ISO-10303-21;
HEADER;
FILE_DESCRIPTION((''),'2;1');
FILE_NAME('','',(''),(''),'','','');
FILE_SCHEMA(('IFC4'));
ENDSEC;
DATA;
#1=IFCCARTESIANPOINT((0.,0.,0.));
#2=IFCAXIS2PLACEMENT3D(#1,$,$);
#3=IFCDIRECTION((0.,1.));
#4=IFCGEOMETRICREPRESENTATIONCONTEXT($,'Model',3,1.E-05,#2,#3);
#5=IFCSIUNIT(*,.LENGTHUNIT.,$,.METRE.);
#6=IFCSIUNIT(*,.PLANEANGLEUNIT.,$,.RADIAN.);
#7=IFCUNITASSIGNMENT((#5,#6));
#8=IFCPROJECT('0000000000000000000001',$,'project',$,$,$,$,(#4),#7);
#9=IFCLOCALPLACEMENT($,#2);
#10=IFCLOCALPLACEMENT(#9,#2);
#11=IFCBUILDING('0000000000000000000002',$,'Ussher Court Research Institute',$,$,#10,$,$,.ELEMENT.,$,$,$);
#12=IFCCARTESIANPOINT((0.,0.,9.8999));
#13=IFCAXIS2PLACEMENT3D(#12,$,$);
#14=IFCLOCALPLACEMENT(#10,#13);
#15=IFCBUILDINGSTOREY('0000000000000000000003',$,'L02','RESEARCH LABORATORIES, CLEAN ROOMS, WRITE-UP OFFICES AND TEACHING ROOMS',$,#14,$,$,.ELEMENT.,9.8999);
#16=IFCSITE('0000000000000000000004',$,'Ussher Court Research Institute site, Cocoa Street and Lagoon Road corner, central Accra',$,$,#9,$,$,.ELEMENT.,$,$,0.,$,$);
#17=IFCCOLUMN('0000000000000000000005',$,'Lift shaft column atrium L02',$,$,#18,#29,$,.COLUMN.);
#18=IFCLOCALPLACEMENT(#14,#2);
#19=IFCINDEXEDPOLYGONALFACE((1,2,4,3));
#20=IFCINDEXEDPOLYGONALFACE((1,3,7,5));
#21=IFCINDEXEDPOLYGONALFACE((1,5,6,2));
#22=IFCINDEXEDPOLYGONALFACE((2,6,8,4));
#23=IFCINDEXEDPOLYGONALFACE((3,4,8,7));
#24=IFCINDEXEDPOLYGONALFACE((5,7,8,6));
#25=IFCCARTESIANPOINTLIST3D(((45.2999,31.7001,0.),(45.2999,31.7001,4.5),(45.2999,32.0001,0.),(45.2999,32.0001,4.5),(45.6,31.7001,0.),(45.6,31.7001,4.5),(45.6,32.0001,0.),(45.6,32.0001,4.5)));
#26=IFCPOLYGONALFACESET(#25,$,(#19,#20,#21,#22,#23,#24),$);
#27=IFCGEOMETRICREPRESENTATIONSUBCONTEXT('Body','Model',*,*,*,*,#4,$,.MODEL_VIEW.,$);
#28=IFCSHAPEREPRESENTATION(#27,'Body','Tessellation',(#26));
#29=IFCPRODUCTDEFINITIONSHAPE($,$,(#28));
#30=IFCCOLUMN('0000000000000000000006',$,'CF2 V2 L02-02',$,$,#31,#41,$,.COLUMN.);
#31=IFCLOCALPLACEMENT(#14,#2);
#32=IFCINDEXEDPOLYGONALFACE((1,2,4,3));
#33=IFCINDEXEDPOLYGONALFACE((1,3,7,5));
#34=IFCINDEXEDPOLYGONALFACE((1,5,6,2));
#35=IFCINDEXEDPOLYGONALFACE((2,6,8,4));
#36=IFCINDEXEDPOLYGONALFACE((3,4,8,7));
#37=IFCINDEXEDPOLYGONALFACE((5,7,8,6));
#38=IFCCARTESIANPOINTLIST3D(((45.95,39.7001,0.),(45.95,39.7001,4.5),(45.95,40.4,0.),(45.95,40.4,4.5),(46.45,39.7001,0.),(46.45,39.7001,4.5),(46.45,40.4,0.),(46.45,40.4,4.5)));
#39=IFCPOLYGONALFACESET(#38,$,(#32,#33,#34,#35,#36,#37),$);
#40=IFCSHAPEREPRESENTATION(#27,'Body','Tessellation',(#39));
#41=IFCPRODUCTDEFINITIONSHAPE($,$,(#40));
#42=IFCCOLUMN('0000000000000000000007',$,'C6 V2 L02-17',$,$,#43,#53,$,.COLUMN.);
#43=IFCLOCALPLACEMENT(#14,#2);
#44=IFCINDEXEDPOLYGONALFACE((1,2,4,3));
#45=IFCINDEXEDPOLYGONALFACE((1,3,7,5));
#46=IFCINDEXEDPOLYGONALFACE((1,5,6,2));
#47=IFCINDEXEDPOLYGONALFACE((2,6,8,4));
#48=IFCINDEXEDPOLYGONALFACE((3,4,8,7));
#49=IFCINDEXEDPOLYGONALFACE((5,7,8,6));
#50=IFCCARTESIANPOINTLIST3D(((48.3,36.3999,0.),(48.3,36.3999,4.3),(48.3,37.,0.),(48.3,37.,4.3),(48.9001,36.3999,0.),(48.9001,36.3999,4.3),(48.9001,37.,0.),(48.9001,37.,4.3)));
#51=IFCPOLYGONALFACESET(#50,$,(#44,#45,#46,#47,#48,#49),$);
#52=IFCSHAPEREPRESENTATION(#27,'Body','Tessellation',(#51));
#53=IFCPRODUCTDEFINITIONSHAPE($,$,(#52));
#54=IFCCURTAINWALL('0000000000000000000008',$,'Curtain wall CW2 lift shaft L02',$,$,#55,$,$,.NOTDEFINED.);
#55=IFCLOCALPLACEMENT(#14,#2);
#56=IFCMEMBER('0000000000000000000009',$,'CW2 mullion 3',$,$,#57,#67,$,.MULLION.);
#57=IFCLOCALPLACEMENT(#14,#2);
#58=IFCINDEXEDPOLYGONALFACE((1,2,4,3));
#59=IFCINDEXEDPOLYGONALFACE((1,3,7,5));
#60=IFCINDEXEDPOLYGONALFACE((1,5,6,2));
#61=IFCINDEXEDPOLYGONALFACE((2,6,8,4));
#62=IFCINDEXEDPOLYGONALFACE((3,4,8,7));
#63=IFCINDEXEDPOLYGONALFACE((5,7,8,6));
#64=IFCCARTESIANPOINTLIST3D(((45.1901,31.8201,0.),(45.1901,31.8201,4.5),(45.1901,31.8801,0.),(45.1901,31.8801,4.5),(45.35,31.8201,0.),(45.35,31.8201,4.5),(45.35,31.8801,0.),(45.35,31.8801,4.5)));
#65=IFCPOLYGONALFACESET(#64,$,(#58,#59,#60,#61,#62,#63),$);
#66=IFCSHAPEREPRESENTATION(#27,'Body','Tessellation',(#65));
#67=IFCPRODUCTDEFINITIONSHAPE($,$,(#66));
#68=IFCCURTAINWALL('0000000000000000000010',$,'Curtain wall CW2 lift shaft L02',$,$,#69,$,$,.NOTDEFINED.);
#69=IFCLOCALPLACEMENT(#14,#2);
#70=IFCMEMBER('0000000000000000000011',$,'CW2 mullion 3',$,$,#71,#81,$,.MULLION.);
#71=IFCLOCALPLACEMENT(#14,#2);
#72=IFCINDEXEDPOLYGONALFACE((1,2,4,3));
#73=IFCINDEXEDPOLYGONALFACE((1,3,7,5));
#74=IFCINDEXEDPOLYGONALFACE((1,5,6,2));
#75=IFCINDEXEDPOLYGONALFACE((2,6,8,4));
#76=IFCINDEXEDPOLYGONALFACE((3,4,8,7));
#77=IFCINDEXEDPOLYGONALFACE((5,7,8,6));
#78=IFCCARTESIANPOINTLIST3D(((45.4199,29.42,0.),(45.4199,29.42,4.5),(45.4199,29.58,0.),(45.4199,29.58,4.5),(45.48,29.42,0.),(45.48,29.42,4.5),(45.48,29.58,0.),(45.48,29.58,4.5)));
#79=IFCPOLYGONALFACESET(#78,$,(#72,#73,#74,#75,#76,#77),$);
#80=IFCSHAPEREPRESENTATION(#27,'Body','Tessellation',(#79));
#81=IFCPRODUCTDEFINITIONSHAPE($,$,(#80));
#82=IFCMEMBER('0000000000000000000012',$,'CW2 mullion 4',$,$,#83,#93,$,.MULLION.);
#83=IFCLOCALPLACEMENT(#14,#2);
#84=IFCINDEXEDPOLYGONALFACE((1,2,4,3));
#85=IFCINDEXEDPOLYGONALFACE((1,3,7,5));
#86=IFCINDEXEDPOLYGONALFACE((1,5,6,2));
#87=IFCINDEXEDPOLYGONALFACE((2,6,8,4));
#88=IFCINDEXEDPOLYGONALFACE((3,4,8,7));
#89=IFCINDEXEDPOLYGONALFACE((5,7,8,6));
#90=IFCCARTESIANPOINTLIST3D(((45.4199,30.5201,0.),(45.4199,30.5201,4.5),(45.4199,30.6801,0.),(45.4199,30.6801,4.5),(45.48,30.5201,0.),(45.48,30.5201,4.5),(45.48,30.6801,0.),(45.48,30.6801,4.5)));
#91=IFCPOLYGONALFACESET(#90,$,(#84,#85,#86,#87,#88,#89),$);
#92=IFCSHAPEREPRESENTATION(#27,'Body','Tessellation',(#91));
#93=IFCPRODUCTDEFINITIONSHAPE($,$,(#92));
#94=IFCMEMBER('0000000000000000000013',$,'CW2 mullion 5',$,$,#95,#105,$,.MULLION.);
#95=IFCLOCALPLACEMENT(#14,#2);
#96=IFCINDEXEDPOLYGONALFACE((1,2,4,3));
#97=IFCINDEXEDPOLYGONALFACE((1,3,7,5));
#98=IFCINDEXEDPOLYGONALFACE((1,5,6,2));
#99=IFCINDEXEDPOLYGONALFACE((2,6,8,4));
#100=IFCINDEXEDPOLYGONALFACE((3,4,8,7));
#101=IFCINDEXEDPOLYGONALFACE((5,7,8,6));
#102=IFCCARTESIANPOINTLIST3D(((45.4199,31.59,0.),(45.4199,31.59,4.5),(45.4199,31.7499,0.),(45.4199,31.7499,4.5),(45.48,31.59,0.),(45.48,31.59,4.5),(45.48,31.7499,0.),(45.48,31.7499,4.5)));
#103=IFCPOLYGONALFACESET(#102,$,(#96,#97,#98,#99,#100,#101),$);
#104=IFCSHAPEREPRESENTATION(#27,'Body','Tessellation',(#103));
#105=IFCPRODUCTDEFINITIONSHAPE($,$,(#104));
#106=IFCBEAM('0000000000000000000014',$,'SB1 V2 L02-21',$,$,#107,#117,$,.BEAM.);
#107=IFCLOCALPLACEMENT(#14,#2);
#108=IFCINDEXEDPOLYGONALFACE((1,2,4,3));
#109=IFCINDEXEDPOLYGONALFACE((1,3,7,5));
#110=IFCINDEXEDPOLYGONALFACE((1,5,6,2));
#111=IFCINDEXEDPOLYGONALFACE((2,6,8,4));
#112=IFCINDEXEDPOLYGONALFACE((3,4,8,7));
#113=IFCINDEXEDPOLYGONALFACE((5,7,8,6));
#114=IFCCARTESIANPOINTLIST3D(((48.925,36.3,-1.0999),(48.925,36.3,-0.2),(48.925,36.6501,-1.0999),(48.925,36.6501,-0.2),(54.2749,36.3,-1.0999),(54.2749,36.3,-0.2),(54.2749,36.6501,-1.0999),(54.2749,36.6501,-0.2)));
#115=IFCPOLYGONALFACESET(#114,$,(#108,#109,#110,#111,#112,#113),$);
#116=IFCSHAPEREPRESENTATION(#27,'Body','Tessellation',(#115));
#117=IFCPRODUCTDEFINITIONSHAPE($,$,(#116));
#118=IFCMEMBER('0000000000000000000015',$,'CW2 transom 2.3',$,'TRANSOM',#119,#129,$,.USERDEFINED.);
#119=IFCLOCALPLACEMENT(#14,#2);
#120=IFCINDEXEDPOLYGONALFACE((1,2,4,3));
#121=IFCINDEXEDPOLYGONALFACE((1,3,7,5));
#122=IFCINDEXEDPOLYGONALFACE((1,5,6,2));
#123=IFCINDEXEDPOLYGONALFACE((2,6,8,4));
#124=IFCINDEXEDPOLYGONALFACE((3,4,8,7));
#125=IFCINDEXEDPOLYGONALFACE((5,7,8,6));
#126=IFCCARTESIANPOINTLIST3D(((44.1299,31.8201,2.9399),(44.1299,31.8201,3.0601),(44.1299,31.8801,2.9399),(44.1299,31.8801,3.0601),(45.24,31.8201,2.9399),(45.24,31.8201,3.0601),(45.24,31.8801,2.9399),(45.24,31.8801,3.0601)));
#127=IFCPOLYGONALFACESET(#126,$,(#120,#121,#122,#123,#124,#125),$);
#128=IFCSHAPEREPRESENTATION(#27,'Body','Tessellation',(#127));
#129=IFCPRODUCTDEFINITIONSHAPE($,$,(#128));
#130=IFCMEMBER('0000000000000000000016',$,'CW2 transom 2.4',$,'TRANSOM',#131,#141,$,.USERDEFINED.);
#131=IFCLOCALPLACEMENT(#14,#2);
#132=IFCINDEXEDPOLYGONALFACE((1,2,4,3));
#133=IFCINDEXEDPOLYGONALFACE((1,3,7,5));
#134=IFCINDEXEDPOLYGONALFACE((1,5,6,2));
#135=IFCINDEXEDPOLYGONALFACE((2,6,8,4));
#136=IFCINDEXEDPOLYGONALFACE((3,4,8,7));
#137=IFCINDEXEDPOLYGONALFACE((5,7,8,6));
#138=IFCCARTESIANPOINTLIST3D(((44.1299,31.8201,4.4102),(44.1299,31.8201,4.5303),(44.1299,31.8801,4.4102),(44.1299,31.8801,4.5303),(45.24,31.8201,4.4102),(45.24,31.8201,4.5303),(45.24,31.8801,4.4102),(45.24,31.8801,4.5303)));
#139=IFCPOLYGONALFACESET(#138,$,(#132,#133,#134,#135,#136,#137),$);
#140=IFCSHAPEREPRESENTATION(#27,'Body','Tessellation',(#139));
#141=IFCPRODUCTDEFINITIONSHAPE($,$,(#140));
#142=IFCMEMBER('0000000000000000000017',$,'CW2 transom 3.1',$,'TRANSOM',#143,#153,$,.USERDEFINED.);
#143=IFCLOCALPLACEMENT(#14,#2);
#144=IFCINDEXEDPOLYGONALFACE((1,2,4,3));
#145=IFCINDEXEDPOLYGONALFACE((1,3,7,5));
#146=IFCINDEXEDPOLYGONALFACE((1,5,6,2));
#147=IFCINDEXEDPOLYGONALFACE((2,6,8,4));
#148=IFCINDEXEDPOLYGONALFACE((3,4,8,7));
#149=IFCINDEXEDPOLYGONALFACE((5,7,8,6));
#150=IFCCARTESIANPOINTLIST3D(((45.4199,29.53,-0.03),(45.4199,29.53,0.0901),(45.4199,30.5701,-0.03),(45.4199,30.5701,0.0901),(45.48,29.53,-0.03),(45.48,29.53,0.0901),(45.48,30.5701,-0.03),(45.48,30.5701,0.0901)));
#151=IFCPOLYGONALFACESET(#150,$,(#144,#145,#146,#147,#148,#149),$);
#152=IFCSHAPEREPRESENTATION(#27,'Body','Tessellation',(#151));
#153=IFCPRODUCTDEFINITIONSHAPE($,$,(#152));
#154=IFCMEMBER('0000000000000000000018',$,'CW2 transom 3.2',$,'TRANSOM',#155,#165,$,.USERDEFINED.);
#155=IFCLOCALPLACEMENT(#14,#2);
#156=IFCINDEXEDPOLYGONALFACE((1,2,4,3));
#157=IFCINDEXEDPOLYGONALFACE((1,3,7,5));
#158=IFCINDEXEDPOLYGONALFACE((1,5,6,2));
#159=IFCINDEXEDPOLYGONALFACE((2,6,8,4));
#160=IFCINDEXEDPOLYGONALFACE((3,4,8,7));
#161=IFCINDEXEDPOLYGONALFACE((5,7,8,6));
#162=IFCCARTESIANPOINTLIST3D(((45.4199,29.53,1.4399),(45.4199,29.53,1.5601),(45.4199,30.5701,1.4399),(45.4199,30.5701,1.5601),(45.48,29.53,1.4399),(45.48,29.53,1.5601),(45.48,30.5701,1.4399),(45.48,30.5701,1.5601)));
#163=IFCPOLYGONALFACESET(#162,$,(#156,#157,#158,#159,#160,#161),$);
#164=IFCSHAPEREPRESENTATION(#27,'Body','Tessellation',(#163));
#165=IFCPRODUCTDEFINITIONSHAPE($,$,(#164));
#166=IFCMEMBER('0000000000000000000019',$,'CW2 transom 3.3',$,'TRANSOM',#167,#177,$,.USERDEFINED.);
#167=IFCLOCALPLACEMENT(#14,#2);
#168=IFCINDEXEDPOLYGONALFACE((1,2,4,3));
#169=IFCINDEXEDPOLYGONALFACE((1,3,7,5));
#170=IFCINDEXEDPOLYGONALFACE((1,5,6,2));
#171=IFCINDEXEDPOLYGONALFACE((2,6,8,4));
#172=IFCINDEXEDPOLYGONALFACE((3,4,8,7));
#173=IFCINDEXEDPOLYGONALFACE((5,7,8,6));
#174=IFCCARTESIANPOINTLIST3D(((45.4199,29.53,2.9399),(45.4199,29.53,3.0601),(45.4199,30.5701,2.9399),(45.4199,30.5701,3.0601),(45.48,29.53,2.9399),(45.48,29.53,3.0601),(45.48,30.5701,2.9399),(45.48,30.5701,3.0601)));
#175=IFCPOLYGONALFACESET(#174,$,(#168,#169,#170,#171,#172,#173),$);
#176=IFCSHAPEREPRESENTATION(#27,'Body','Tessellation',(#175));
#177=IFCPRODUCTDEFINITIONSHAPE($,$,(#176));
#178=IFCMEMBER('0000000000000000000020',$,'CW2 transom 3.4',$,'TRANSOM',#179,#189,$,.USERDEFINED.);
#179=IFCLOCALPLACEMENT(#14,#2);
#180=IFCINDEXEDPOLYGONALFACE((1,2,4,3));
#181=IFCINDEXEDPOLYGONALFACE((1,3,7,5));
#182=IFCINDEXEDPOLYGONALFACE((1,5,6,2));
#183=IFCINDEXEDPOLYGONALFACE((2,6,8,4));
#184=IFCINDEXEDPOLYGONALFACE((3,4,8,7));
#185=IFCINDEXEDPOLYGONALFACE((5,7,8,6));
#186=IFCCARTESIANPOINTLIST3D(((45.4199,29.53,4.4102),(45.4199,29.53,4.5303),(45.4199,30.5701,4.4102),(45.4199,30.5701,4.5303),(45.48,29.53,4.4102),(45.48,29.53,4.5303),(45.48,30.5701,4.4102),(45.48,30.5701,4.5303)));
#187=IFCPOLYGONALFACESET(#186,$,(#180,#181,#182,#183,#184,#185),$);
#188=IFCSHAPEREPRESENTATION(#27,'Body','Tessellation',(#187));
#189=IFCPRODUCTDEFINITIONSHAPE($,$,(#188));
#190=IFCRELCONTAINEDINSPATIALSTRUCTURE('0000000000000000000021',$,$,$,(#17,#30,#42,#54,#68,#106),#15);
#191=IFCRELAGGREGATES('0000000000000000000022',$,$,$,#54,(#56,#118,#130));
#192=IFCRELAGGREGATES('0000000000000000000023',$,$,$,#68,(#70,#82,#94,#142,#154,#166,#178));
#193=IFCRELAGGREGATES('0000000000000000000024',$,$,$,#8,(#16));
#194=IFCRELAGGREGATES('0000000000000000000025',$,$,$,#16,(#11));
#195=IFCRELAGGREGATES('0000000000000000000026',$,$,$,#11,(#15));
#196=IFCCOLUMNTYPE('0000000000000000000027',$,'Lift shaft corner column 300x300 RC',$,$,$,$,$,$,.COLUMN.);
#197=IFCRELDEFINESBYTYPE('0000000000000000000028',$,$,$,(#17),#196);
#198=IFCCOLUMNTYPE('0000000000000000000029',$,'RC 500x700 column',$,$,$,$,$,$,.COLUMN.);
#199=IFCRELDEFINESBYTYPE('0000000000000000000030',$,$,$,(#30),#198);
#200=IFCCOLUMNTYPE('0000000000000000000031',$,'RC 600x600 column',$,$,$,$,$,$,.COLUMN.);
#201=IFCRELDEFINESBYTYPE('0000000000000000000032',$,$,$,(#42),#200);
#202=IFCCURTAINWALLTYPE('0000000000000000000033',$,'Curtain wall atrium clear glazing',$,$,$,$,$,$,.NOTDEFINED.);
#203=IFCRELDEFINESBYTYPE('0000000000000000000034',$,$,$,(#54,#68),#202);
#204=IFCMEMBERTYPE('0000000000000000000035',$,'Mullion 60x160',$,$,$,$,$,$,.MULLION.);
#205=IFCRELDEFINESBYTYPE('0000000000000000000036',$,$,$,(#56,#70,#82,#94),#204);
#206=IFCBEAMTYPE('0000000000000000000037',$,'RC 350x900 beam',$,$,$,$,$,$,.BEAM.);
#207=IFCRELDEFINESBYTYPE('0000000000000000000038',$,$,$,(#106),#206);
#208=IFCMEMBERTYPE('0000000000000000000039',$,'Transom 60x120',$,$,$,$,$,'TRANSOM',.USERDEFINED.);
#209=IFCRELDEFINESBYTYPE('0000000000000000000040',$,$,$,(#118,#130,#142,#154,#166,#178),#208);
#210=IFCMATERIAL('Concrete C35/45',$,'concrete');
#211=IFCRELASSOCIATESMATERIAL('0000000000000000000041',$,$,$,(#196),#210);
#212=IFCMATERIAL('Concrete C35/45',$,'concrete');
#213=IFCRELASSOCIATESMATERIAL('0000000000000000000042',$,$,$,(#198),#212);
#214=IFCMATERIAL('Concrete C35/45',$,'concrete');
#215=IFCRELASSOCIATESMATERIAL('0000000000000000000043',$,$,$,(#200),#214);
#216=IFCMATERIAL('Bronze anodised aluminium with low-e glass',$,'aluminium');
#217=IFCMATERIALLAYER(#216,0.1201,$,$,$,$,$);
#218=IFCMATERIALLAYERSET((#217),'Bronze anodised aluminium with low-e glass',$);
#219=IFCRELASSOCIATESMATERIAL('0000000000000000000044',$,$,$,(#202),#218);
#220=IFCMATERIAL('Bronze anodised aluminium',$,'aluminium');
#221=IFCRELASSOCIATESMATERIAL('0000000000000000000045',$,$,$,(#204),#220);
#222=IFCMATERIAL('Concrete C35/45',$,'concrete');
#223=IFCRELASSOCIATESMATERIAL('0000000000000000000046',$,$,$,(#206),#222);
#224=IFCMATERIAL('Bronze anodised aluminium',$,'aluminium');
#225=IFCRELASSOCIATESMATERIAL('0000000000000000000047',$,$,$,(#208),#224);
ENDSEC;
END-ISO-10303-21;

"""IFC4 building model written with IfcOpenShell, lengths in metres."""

from ifc_helpers import new_model, si_unit, direction, frame, origin, origin_2d, place, context, subcontext, project, spatial, rectangle, extrude, material, layer, layer_set, material_profile, profile_set, type_object, element, aggregate, save


model = new_model("IFC4")

# Units and contexts
model_context = context("Model", 3, precision=1e-05, world=origin(), true_north=direction((0.0, 1.0)))
body_context = subcontext(model_context, "Body", "Model", "MODEL_VIEW")
ifc_project = project(units=[si_unit("LENGTHUNIT", "METRE"), si_unit("PLANEANGLEUNIT", "RADIAN")], contexts=[model_context])

# Site, building, storey
site_placement = place(None, origin())
site = spatial("IfcSite", under=ifc_project, at=site_placement, Name="Ussher Court Research Institute site, Cocoa Street and Lagoon Road corner, central Accra", CompositionType="ELEMENT", RefElevation=0.0)
building_placement = place(site_placement, origin())
building = spatial("IfcBuilding", under=site, at=building_placement, Name="Ussher Court Research Institute", CompositionType="ELEMENT")
storey_placement = place(building_placement, frame((0.0, 0.0, 9.8999)))
storey = spatial("IfcBuildingStorey", under=building, at=storey_placement, Name="L02", Description="RESEARCH LABORATORIES, CLEAN ROOMS, WRITE-UP OFFICES AND TEACHING ROOMS", CompositionType="ELEMENT", Elevation=9.8999)

# Columns
ifc_material_1 = material(Name="Concrete C35/45", Category="concrete")
ifc_material_profile_1 = material_profile(ifc_material_1, rectangle(XDim=0.3, YDim=0.3, at=origin_2d()), Name="RC 300x300")
ifc_profile_set_1 = profile_set([ifc_material_profile_1], Name="Concrete C35/45")
column_type_1 = type_object("IfcColumnType", Name="Lift shaft corner column 300x300 RC", PredefinedType="COLUMN", material=ifc_profile_set_1)
column_1_placement = place(storey_placement, frame((45.45, 31.8501, 0.0), z_axis=(0.0, 0.0, 1.0), x_axis=(1.0, 0.0, 0.0)))
element("IfcColumn", 1, at=column_1_placement, inside=storey, type_object=column_type_1, Name="Lift shaft column atrium L02", PredefinedType="COLUMN", context=body_context, shape_type="SweptSolid", body=[
    extrude(rectangle(XDim=0.3, YDim=0.3, at=origin_2d()), origin(), (0.0, 0.0, 1.0), 4.5),
])
ifc_material_2 = material(Name="Concrete C35/45", Category="concrete")
ifc_material_profile_2 = material_profile(ifc_material_2, rectangle(XDim=0.5, YDim=0.7, at=origin_2d()), Name="RC 500x700")
ifc_profile_set_2 = profile_set([ifc_material_profile_2], Name="Concrete C35/45")
column_type_2 = type_object("IfcColumnType", Name="RC 500x700 column", PredefinedType="COLUMN", material=ifc_profile_set_2)
column_2_placement = place(storey_placement, frame((46.2, 40.05, 0.0), z_axis=(0.0, 0.0, 1.0), x_axis=(1.0, 0.0, 0.0)))
element("IfcColumn", 2, at=column_2_placement, inside=storey, type_object=column_type_2, Name="CF2 V2 L02-02", PredefinedType="COLUMN", context=body_context, shape_type="SweptSolid", body=[
    extrude(rectangle(XDim=0.5, YDim=0.7, at=origin_2d()), origin(), (0.0, 0.0, 1.0), 4.5),
])
ifc_material_3 = material(Name="Concrete C35/45", Category="concrete")
ifc_material_profile_3 = material_profile(ifc_material_3, rectangle(XDim=0.6001, YDim=0.6001, at=origin_2d()), Name="RC 600x600")
ifc_profile_set_3 = profile_set([ifc_material_profile_3], Name="Concrete C35/45")
column_type_3 = type_object("IfcColumnType", Name="RC 600x600 column", PredefinedType="COLUMN", material=ifc_profile_set_3)
column_3_placement = place(storey_placement, frame((48.6001, 36.7, 0.0), z_axis=(0.0, 0.0, 1.0), x_axis=(1.0, 0.0, 0.0)))
element("IfcColumn", 3, at=column_3_placement, inside=storey, type_object=column_type_3, Name="C6 V2 L02-17", PredefinedType="COLUMN", context=body_context, shape_type="SweptSolid", body=[
    extrude(rectangle(XDim=0.6001, YDim=0.6001, at=origin_2d()), origin(), (0.0, 0.0, 1.0), 4.3),
])

# Curtain wall, member
ifc_material_4 = material(Name="Bronze anodised aluminium with low-e glass", Category="aluminium")
ifc_layer_1 = layer(ifc_material_4, 0.1201)
ifc_layer_set_1 = layer_set([ifc_layer_1], Name="Bronze anodised aluminium with low-e glass")
curtain_wall_type = type_object("IfcCurtainWallType", Name="Curtain wall atrium clear glazing", PredefinedType="NOTDEFINED", material=ifc_layer_set_1)
curtain_wall_1_placement = place(storey_placement, origin())
curtain_wall_1 = element("IfcCurtainWall", 4, at=curtain_wall_1_placement, inside=storey, type_object=curtain_wall_type, Name="Curtain wall CW2 lift shaft L02", PredefinedType="NOTDEFINED")
ifc_material_5 = material(Name="Bronze anodised aluminium", Category="aluminium")
ifc_material_profile_4 = material_profile(ifc_material_5, rectangle(XDim=0.0601, YDim=0.1599, at=origin_2d()), Name="Mullion 60x160")
ifc_profile_set_4 = profile_set([ifc_material_profile_4], Name="Bronze anodised aluminium")
member_type_1 = type_object("IfcMemberType", Name="Mullion 60x160", PredefinedType="MULLION", material=ifc_profile_set_4)
member_1_placement = place(storey_placement, frame((45.27, 31.8501, 0.0), z_axis=(0.0, 0.0, 1.0), x_axis=(0.0, 1.0, 0.0)))
member_1 = element("IfcMember", 5, at=member_1_placement, type_object=member_type_1, Name="CW2 mullion 3", PredefinedType="MULLION", context=body_context, shape_type="SweptSolid", body=[
    extrude(rectangle(XDim=0.0601, YDim=0.1599, at=origin_2d()), origin(), (0.0, 0.0, 1.0), 4.5),
])

# Curtain wall, members
curtain_wall_2_placement = place(storey_placement, origin())
curtain_wall_2 = element("IfcCurtainWall", 6, at=curtain_wall_2_placement, inside=storey, type_object=curtain_wall_type, Name="Curtain wall CW2 lift shaft L02", PredefinedType="NOTDEFINED")
member_2_placement = place(storey_placement, frame((45.45, 29.5, 0.0), z_axis=(0.0, 0.0, 1.0), x_axis=(-1.0, 0.0, 0.0)))
member_2 = element("IfcMember", 7, at=member_2_placement, type_object=member_type_1, Name="CW2 mullion 3", PredefinedType="MULLION", context=body_context, shape_type="SweptSolid", body=[
    extrude(rectangle(XDim=0.0601, YDim=0.1599, at=origin_2d()), origin(), (0.0, 0.0, 1.0), 4.5),
])
member_3_placement = place(storey_placement, frame((45.45, 30.6001, 0.0), z_axis=(0.0, 0.0, 1.0), x_axis=(-1.0, 0.0, 0.0)))
member_3 = element("IfcMember", 8, at=member_3_placement, type_object=member_type_1, Name="CW2 mullion 4", PredefinedType="MULLION", context=body_context, shape_type="SweptSolid", body=[
    extrude(rectangle(XDim=0.0601, YDim=0.1599, at=origin_2d()), origin(), (0.0, 0.0, 1.0), 4.5),
])
member_4_placement = place(storey_placement, frame((45.45, 31.6699, 0.0), z_axis=(0.0, 0.0, 1.0), x_axis=(-1.0, 0.0, 0.0)))
member_4 = element("IfcMember", 9, at=member_4_placement, type_object=member_type_1, Name="CW2 mullion 5", PredefinedType="MULLION", context=body_context, shape_type="SweptSolid", body=[
    extrude(rectangle(XDim=0.0601, YDim=0.1599, at=origin_2d()), origin(), (0.0, 0.0, 1.0), 4.5),
])

# Beam
ifc_material_6 = material(Name="Concrete C35/45", Category="concrete")
ifc_material_profile_5 = material_profile(ifc_material_6, rectangle(XDim=0.3501, YDim=0.8999, at=origin_2d()), Name="RC 350x900")
ifc_profile_set_5 = profile_set([ifc_material_profile_5], Name="Concrete C35/45")
beam_type = type_object("IfcBeamType", Name="RC 350x900 beam", PredefinedType="BEAM", material=ifc_profile_set_5)
beam_placement = place(storey_placement, frame((48.925, 36.4751, -0.6499), z_axis=(1.0, 0.0, 0.0), x_axis=(0.0, 1.0, 0.0)))
element("IfcBeam", 10, at=beam_placement, inside=storey, type_object=beam_type, Name="SB1 V2 L02-21", PredefinedType="BEAM", context=body_context, shape_type="SweptSolid", body=[
    extrude(rectangle(XDim=0.3501, YDim=0.8999, at=origin_2d()), origin(), (0.0, 0.0, 1.0), 5.3499),
])

# Members
ifc_material_7 = material(Name="Bronze anodised aluminium", Category="aluminium")
ifc_material_profile_6 = material_profile(ifc_material_7, rectangle(XDim=0.0601, YDim=0.1201, at=origin_2d()), Name="Transom 60x120")
ifc_profile_set_6 = profile_set([ifc_material_profile_6], Name="Bronze anodised aluminium")
member_type_2 = type_object("IfcMemberType", Name="Transom 60x120", ElementType="TRANSOM", PredefinedType="USERDEFINED", material=ifc_profile_set_6)
member_5_placement = place(storey_placement, frame((44.1299, 31.8501, 3.0), z_axis=(1.0, 0.0, 0.0), x_axis=(0.0, 1.0, 0.0)))
member_5 = element("IfcMember", 11, at=member_5_placement, type_object=member_type_2, Name="CW2 transom 2.3", ObjectType="TRANSOM", PredefinedType="USERDEFINED", context=body_context, shape_type="SweptSolid", body=[
    extrude(rectangle(XDim=0.0601, YDim=0.1201, at=origin_2d()), origin(), (0.0, 0.0, 1.0), 1.1101),
])
member_6_placement = place(storey_placement, frame((44.1299, 31.8501, 4.4702), z_axis=(1.0, 0.0, 0.0), x_axis=(0.0, 1.0, 0.0)))
member_6 = element("IfcMember", 12, at=member_6_placement, type_object=member_type_2, Name="CW2 transom 2.4", ObjectType="TRANSOM", PredefinedType="USERDEFINED", context=body_context, shape_type="SweptSolid", body=[
    extrude(rectangle(XDim=0.0601, YDim=0.1201, at=origin_2d()), origin(), (0.0, 0.0, 1.0), 1.1101),
])
member_7_placement = place(storey_placement, frame((45.45, 29.53, 0.03), z_axis=(0.0, 1.0, 0.0), x_axis=(-1.0, 0.0, 0.0)))
member_7 = element("IfcMember", 13, at=member_7_placement, type_object=member_type_2, Name="CW2 transom 3.1", ObjectType="TRANSOM", PredefinedType="USERDEFINED", context=body_context, shape_type="SweptSolid", body=[
    extrude(rectangle(XDim=0.0601, YDim=0.1201, at=origin_2d()), origin(), (0.0, 0.0, 1.0), 1.04),
])
member_8_placement = place(storey_placement, frame((45.45, 29.53, 1.5), z_axis=(0.0, 1.0, 0.0), x_axis=(-1.0, 0.0, 0.0)))
member_8 = element("IfcMember", 14, at=member_8_placement, type_object=member_type_2, Name="CW2 transom 3.2", ObjectType="TRANSOM", PredefinedType="USERDEFINED", context=body_context, shape_type="SweptSolid", body=[
    extrude(rectangle(XDim=0.0601, YDim=0.1201, at=origin_2d()), origin(), (0.0, 0.0, 1.0), 1.04),
])
member_9_placement = place(storey_placement, frame((45.45, 29.53, 3.0), z_axis=(0.0, 1.0, 0.0), x_axis=(-1.0, 0.0, 0.0)))
member_9 = element("IfcMember", 15, at=member_9_placement, type_object=member_type_2, Name="CW2 transom 3.3", ObjectType="TRANSOM", PredefinedType="USERDEFINED", context=body_context, shape_type="SweptSolid", body=[
    extrude(rectangle(XDim=0.0601, YDim=0.1201, at=origin_2d()), origin(), (0.0, 0.0, 1.0), 1.04),
])
member_10_placement = place(storey_placement, frame((45.45, 29.53, 4.4702), z_axis=(0.0, 1.0, 0.0), x_axis=(-1.0, 0.0, 0.0)))
member_10 = element("IfcMember", 16, at=member_10_placement, type_object=member_type_2, Name="CW2 transom 3.4", ObjectType="TRANSOM", PredefinedType="USERDEFINED", context=body_context, shape_type="SweptSolid", body=[
    extrude(rectangle(XDim=0.0601, YDim=0.1201, at=origin_2d()), origin(), (0.0, 0.0, 1.0), 1.04),
])

aggregate(curtain_wall_1, [member_1, member_5, member_6])
aggregate(curtain_wall_2, [member_2, member_3, member_4, member_7, member_8, member_9, member_10])

save(model, "model.ifc")
